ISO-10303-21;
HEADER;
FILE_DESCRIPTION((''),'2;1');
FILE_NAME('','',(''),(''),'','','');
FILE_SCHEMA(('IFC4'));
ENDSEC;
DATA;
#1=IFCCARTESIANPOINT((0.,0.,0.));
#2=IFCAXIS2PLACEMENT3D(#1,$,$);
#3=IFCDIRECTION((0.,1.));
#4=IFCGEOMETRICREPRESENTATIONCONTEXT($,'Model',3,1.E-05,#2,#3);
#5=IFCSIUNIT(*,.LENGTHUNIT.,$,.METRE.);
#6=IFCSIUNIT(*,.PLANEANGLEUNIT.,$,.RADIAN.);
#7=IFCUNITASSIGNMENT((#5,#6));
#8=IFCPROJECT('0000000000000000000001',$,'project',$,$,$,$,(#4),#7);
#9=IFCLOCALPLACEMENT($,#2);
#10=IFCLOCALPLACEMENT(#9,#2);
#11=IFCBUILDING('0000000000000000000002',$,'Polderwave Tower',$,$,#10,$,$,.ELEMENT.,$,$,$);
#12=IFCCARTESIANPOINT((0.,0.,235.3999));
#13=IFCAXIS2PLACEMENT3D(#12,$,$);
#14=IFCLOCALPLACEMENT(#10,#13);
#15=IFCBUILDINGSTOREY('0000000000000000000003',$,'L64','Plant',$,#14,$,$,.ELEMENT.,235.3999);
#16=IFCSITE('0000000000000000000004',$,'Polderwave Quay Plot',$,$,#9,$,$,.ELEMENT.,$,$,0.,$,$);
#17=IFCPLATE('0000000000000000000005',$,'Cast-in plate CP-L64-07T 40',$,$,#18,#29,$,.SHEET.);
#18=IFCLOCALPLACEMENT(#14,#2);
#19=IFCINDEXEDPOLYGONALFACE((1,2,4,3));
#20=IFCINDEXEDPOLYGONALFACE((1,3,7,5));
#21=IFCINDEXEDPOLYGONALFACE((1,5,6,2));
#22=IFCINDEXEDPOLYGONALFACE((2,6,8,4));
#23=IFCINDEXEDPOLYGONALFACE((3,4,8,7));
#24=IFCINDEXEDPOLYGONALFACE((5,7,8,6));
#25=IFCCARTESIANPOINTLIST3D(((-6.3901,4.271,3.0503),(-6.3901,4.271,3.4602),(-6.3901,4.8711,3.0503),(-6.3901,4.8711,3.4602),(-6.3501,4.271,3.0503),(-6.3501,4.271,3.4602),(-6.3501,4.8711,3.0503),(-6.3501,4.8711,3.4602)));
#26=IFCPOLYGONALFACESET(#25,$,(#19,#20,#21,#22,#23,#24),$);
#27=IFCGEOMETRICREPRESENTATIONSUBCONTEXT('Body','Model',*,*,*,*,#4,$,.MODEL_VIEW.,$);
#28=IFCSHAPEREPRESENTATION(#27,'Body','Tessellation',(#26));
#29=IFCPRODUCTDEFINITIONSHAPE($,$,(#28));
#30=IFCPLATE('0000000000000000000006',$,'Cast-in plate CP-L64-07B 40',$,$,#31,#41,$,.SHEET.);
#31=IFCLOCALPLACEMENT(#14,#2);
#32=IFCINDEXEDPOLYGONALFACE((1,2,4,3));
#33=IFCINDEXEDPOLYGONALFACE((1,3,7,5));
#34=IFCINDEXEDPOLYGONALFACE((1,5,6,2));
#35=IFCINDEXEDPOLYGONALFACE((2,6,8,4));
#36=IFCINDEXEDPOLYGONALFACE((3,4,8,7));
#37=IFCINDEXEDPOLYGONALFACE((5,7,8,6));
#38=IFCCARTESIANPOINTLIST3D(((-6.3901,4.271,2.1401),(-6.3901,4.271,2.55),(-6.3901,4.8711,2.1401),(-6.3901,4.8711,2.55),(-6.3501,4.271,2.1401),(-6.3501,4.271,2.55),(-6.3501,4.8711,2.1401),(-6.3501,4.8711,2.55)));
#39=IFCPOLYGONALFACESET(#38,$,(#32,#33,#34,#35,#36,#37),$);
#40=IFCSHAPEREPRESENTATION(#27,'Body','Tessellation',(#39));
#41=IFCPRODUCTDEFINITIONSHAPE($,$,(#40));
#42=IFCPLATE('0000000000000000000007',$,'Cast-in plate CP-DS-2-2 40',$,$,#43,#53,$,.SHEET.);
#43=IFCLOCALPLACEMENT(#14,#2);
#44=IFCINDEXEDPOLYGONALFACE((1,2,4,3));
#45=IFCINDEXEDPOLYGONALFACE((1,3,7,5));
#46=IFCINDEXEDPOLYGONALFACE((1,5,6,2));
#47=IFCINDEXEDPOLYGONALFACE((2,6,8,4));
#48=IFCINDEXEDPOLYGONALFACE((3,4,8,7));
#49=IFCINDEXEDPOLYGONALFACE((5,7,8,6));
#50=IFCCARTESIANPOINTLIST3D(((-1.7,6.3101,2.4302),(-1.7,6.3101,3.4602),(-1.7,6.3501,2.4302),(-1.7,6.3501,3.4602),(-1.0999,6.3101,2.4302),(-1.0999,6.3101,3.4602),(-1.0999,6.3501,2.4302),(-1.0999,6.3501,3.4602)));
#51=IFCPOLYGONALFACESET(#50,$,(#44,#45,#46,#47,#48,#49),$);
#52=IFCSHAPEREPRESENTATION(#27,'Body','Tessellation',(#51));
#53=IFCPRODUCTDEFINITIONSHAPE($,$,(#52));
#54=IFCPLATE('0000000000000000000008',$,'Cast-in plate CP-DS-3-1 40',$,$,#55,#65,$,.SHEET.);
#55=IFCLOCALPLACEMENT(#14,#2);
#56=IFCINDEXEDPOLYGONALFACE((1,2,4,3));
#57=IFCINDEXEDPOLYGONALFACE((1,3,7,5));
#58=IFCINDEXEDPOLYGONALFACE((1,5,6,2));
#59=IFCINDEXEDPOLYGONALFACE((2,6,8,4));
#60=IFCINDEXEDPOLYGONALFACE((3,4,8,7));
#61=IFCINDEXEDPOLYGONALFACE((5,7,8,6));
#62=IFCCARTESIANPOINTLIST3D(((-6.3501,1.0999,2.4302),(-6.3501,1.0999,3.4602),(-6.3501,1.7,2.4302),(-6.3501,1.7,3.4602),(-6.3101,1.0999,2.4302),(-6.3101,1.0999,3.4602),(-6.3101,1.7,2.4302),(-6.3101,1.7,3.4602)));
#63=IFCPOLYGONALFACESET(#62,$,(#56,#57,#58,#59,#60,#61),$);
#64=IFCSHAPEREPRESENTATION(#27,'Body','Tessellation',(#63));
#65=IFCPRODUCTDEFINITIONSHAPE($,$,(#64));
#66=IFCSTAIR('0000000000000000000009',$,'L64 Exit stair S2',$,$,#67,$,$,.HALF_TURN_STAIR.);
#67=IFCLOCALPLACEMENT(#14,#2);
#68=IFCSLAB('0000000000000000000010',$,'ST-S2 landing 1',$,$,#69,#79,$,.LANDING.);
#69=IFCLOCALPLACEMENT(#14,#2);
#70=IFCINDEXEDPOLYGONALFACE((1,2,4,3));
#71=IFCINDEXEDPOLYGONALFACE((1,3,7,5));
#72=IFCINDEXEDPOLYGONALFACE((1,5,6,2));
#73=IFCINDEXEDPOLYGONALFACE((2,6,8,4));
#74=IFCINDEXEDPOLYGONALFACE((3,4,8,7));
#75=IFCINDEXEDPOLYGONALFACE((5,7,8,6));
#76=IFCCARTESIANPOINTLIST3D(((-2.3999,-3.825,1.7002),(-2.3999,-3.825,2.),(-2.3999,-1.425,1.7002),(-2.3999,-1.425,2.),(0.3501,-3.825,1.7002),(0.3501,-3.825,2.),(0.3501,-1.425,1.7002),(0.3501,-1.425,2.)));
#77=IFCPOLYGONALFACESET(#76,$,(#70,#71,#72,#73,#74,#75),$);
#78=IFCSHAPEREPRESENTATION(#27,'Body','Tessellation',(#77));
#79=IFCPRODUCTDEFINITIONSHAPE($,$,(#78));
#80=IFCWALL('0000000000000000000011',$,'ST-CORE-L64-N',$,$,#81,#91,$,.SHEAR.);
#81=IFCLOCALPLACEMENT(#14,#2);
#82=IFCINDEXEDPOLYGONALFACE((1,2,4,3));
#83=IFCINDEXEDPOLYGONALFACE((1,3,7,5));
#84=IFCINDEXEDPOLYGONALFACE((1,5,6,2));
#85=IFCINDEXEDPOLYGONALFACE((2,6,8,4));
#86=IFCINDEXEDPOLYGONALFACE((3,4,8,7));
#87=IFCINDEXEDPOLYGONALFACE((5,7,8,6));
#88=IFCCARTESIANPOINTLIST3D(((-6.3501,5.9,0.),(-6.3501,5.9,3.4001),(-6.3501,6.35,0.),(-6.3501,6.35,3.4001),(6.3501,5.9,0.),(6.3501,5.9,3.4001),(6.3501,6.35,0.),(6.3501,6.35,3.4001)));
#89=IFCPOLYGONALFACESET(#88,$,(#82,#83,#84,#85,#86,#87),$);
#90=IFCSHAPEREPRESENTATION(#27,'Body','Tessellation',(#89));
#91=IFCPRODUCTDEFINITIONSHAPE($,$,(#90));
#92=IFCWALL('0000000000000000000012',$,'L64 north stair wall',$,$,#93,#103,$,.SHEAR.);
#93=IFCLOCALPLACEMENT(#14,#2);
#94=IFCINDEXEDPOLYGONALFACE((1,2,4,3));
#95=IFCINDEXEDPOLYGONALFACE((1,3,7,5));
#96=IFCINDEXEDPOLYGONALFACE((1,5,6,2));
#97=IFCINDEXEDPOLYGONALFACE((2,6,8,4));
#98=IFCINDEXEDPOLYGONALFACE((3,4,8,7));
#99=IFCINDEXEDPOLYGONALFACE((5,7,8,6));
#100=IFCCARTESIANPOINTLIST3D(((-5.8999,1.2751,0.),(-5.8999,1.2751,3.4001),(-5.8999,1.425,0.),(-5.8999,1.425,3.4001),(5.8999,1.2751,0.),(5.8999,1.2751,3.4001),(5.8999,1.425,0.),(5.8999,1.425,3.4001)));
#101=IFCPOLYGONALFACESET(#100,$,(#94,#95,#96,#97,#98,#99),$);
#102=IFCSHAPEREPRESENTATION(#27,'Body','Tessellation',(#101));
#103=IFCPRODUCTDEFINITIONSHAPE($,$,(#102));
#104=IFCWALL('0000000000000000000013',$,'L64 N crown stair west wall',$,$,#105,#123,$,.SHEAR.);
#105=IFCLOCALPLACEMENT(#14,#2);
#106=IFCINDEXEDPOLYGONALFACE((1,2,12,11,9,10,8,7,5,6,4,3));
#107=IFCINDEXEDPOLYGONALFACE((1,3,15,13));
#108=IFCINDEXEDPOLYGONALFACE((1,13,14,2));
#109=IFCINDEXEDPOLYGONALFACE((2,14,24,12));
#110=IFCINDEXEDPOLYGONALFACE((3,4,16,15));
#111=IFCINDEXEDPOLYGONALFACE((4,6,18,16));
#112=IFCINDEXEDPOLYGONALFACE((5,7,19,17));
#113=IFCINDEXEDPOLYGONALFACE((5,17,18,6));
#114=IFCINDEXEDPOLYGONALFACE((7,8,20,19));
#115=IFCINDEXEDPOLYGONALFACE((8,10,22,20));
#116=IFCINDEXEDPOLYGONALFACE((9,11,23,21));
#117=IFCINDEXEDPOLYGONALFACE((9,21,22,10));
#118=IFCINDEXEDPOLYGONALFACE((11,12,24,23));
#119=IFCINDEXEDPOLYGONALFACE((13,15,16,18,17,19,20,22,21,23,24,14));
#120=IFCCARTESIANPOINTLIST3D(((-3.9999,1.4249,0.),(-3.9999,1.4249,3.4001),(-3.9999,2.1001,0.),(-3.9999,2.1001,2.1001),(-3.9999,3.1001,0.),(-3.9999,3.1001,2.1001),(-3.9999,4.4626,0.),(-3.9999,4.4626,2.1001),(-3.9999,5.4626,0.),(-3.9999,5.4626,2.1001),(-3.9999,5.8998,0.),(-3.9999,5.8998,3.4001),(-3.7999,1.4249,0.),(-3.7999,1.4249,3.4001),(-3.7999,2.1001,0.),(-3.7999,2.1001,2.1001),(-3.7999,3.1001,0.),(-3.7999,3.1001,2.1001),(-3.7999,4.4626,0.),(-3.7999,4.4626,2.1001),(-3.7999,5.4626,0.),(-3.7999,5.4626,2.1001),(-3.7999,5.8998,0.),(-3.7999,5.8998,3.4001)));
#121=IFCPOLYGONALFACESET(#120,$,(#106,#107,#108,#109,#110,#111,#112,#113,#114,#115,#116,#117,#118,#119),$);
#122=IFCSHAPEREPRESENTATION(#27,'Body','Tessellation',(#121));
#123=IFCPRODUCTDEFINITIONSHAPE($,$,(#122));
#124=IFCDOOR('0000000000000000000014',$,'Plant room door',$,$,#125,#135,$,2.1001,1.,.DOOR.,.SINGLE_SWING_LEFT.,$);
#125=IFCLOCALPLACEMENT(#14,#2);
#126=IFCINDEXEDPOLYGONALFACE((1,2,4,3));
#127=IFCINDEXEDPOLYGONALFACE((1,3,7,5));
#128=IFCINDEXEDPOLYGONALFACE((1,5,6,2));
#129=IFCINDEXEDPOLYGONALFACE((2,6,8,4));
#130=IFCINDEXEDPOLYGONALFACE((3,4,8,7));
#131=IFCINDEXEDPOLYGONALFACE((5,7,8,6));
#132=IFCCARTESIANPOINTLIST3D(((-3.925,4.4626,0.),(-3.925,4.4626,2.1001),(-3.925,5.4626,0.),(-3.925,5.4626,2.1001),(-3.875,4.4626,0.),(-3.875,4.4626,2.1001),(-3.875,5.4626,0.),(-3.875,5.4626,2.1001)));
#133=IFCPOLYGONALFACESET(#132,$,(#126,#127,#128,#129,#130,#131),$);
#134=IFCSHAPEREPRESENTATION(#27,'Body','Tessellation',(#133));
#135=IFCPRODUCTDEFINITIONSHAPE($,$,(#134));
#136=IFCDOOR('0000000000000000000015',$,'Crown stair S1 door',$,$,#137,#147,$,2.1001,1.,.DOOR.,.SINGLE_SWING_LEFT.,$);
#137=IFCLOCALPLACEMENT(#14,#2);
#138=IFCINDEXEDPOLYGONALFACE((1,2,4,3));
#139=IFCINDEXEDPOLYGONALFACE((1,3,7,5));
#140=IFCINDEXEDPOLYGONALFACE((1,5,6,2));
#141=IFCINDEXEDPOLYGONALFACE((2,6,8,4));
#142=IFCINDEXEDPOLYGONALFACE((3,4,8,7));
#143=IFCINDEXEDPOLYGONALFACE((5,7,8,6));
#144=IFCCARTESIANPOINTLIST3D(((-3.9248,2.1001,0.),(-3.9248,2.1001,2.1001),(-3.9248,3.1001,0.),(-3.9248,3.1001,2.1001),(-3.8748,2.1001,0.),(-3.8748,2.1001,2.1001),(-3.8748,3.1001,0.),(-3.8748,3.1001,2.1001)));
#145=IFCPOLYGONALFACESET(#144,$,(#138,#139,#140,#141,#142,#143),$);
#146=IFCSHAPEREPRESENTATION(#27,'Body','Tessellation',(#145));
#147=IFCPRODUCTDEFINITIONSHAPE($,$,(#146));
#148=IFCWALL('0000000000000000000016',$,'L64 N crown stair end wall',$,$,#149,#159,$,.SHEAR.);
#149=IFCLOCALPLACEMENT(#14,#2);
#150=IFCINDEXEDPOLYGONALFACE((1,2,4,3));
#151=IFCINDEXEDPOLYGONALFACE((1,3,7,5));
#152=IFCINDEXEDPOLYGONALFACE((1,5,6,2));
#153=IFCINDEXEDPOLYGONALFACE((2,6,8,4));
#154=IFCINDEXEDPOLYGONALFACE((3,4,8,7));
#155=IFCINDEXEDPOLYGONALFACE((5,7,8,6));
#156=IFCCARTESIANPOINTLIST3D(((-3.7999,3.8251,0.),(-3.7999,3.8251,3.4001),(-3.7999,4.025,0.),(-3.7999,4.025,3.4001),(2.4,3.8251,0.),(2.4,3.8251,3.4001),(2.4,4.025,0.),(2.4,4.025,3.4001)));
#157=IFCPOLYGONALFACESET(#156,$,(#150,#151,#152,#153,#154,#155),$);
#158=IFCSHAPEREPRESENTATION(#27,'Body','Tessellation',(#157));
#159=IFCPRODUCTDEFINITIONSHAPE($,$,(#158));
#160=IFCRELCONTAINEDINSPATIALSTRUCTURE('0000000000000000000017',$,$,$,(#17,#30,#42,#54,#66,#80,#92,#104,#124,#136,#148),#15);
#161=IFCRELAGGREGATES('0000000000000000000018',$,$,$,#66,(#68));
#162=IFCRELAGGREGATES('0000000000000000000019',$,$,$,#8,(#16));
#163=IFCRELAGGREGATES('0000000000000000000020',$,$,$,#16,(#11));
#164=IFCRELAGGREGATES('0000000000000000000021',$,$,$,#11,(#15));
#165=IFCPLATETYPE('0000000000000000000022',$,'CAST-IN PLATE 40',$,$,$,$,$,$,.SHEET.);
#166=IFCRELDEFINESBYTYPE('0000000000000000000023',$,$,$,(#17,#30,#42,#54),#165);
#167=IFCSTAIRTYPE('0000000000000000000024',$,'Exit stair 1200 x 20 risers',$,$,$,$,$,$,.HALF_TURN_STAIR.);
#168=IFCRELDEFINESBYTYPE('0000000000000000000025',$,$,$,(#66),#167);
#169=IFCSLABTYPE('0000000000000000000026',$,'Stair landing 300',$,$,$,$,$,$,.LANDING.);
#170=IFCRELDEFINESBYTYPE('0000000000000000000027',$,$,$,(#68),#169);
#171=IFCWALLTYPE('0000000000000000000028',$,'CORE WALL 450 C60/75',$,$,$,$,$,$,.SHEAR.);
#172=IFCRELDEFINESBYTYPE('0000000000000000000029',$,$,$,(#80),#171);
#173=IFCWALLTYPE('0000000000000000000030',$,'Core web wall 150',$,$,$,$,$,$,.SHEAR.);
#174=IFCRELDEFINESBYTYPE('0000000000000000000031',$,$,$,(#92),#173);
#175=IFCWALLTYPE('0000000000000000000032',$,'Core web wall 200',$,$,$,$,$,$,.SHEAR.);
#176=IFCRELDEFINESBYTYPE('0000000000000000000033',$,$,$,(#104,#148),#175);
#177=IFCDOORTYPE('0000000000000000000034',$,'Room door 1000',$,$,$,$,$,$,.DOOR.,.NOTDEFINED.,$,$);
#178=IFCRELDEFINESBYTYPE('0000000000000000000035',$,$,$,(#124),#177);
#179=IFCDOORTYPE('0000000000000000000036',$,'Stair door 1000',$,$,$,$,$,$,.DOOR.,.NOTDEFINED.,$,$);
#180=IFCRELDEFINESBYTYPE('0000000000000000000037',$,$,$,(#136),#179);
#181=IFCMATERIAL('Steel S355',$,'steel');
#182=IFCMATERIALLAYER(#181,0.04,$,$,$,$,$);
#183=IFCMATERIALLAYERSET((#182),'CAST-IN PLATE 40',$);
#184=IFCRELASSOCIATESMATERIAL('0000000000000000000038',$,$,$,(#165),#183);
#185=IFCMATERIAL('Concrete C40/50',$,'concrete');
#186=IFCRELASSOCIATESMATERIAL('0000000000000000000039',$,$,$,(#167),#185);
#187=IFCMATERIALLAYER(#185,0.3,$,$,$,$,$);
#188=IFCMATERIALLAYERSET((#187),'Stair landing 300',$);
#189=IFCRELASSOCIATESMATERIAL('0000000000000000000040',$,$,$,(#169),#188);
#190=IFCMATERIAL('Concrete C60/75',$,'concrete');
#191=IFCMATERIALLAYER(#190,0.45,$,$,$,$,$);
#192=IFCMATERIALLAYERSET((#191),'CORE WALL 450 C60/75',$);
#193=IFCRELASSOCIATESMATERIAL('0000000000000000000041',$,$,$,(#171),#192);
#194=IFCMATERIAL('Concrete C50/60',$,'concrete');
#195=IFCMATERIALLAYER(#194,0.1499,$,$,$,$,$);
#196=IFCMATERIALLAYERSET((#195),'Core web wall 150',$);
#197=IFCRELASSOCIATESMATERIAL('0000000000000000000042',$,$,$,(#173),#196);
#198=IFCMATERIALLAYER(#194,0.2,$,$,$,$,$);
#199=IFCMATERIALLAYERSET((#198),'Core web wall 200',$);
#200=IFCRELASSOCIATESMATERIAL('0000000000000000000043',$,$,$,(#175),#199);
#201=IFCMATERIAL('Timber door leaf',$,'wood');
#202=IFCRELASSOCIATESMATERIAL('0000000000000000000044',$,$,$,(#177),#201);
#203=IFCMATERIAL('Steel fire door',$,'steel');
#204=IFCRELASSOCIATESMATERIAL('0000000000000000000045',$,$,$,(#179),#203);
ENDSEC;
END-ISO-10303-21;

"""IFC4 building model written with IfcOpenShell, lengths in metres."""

from ifc_helpers import new_model, si_unit, direction, frame, frame_2d, origin, origin_2d, place, context, subcontext, project, spatial, polyline, rectangle, outline, extrude, material, layer, layer_set, type_object, element, fill, aggregate, save


model = new_model("IFC4")

# Units and contexts
model_context = context("Model", 3, precision=1e-05, world=origin(), true_north=direction((0.0, 1.0)))
body_context = subcontext(model_context, "Body", "Model", "MODEL_VIEW")
ifc_project = project(units=[si_unit("LENGTHUNIT", "METRE"), si_unit("PLANEANGLEUNIT", "RADIAN")], contexts=[model_context])

# Site, building, storey
site_placement = place(None, origin())
site = spatial("IfcSite", under=ifc_project, at=site_placement, Name="Polderwave Quay Plot", CompositionType="ELEMENT", RefElevation=0.0)
building_placement = place(site_placement, origin())
building = spatial("IfcBuilding", under=site, at=building_placement, Name="Polderwave Tower", CompositionType="ELEMENT")
storey_placement = place(building_placement, frame((0.0, 0.0, 235.3999)))
storey = spatial("IfcBuildingStorey", under=building, at=storey_placement, Name="L64", Description="Plant", CompositionType="ELEMENT", Elevation=235.3999)

# Plates
ifc_material_1 = material(Name="Steel S355", Category="steel")
ifc_layer_1 = layer(ifc_material_1, 0.04)
ifc_layer_set_1 = layer_set([ifc_layer_1], Name="CAST-IN PLATE 40")
plate_type = type_object("IfcPlateType", Name="CAST-IN PLATE 40", PredefinedType="SHEET", material=ifc_layer_set_1)
for number, where, z_axis, x_axis, name in (
    (1, (-6.3701, 4.571, 3.0503), (0.0, 0.0, 1.0), (1.0, 0.0, 0.0), "Cast-in plate CP-L64-07T 40"),
    (2, (-6.3701, 4.571, 2.1401), (0.0, 0.0, 1.0), (1.0, 0.0, 0.0), "Cast-in plate CP-L64-07B 40"),
):
    element("IfcPlate", number, at=place(storey_placement, frame(where, z_axis=z_axis, x_axis=x_axis)), inside=storey, type_object=plate_type, Name=name, PredefinedType="SHEET", context=body_context, shape_type="SweptSolid", body=[
        extrude(rectangle(XDim=0.04, YDim=0.6001, at=origin_2d()), origin(), (0.0, 0.0, 1.0), 0.4099),
    ])
for number, where, z_axis, x_axis, name in (
    (3, (-1.3999, 6.3301, 2.4302), (0.0, 0.0, 1.0), (0.0, 1.0, 0.0), "Cast-in plate CP-DS-2-2 40"),
    (4, (-6.3301, 1.3999, 2.4302), (0.0, 0.0, 1.0), (-1.0, 0.0, 0.0), "Cast-in plate CP-DS-3-1 40"),
):
    element("IfcPlate", number, at=place(storey_placement, frame(where, z_axis=z_axis, x_axis=x_axis)), inside=storey, type_object=plate_type, Name=name, PredefinedType="SHEET", context=body_context, shape_type="SweptSolid", body=[
        extrude(rectangle(XDim=0.04, YDim=0.6001, at=origin_2d()), origin(), (0.0, 0.0, 1.0), 1.03),
    ])

# Stair, slab
ifc_material_2 = material(Name="Concrete C40/50", Category="concrete")
stair_type = type_object("IfcStairType", Name="Exit stair 1200 x 20 risers", PredefinedType="HALF_TURN_STAIR", material=ifc_material_2)
stair_1_placement = place(storey_placement, origin())
stair_1 = element("IfcStair", 5, at=stair_1_placement, inside=storey, type_object=stair_type, Name="L64 Exit stair S2", PredefinedType="HALF_TURN_STAIR")
ifc_layer_2 = layer(ifc_material_2, 0.3)
ifc_layer_set_2 = layer_set([ifc_layer_2], Name="Stair landing 300")
slab_type = type_object("IfcSlabType", Name="Stair landing 300", PredefinedType="LANDING", material=ifc_layer_set_2)
slab_placement = place(storey_placement, frame((0.0, 0.0, 1.7002)))
slab = element("IfcSlab", 6, at=slab_placement, type_object=slab_type, Name="ST-S2 landing 1", PredefinedType="LANDING", context=body_context, shape_type="SweptSolid", body=[
    extrude(outline(polyline([(0.3501, -1.425), (-2.3999, -1.425), (-2.3999, -3.825), (0.3501, -3.825), (0.3501, -1.425)])), origin(), (0.0, 0.0, 1.0), 0.2998),
])
aggregate(stair_1, [slab])

# Walls
ifc_material_3 = material(Name="Concrete C60/75", Category="concrete")
ifc_layer_3 = layer(ifc_material_3, 0.45)
ifc_layer_set_3 = layer_set([ifc_layer_3], Name="CORE WALL 450 C60/75")
wall_type_1 = type_object("IfcWallType", Name="CORE WALL 450 C60/75", PredefinedType="SHEAR", material=ifc_layer_set_3)
wall_1_placement = place(storey_placement, frame((-6.3501, 6.125, 0.0), z_axis=(0.0, 0.0, 1.0), x_axis=(1.0, 0.0, 0.0)))
element("IfcWall", 7, at=wall_1_placement, inside=storey, type_object=wall_type_1, Name="ST-CORE-L64-N", PredefinedType="SHEAR", context=body_context, shape_type="SweptSolid", body=[
    extrude(rectangle(XDim=12.7002, YDim=0.45, at=frame_2d((6.3501, 0.0))), origin(), (0.0, 0.0, 1.0), 3.4001),
])
ifc_material_4 = material(Name="Concrete C50/60", Category="concrete")
ifc_layer_4 = layer(ifc_material_4, 0.1499)
ifc_layer_set_4 = layer_set([ifc_layer_4], Name="Core web wall 150")
wall_type_2 = type_object("IfcWallType", Name="Core web wall 150", PredefinedType="SHEAR", material=ifc_layer_set_4)
wall_2_placement = place(storey_placement, frame((-5.8999, 1.3501, 0.0), z_axis=(0.0, 0.0, 1.0), x_axis=(1.0, 0.0, 0.0)))
element("IfcWall", 8, at=wall_2_placement, inside=storey, type_object=wall_type_2, Name="L64 north stair wall", PredefinedType="SHEAR", context=body_context, shape_type="SweptSolid", body=[
    extrude(rectangle(XDim=11.7998, YDim=0.1499, at=frame_2d((5.8999, 0.0))), origin(), (0.0, 0.0, 1.0), 3.4001),
])

# Wall, openings, doors
ifc_layer_5 = layer(ifc_material_4, 0.2)
ifc_layer_set_5 = layer_set([ifc_layer_5], Name="Core web wall 200")
wall_type_3 = type_object("IfcWallType", Name="Core web wall 200", PredefinedType="SHEAR", material=ifc_layer_set_5)
wall_3_placement = place(storey_placement, frame((-3.8999, 1.425, 0.0), z_axis=(0.0, 0.0, 1.0), x_axis=(0.0, 1.0, 0.0)))
wall_3 = element("IfcWall", 9, at=wall_3_placement, inside=storey, type_object=wall_type_3, Name="L64 N crown stair west wall", PredefinedType="SHEAR", context=body_context, shape_type="SweptSolid", body=[
    extrude(rectangle(XDim=4.4749, YDim=0.2, at=frame_2d((2.2373, 0.0))), origin(), (0.0, 0.0, 1.0), 3.4001),
])
opening_1_placement = place(wall_3_placement, frame((0.675, 0.0, 0.0)))
opening_1 = element("IfcOpeningElement", 10, at=opening_1_placement, cuts=wall_3, PredefinedType="OPENING", context=body_context, shape_type="SweptSolid", body=[
    extrude(rectangle(XDim=1.0, YDim=2.1001, at=frame_2d((0.5, 1.05))), frame((0.0, 0.1099, 0.0), z_axis=(0.0, -1.0, 0.0), x_axis=(1.0, 0.0, 0.0)), (0.0, 0.0, 1.0), 0.22),
])
opening_2_placement = place(wall_3_placement, frame((3.0376, 0.0, 0.0)))
opening_2 = element("IfcOpeningElement", 11, at=opening_2_placement, cuts=wall_3, PredefinedType="OPENING", context=body_context, shape_type="SweptSolid", body=[
    extrude(rectangle(XDim=1.0, YDim=2.1001, at=frame_2d((0.5, 1.05))), frame((0.0, 0.1099, 0.0), z_axis=(0.0, -1.0, 0.0), x_axis=(1.0, 0.0, 0.0)), (0.0, 0.0, 1.0), 0.22),
])
ifc_material_5 = material(Name="Timber door leaf", Category="wood")
door_type_1 = type_object("IfcDoorType", Name="Room door 1000", OperationType="NOTDEFINED", PredefinedType="DOOR", material=ifc_material_5)
door_1_placement = place(opening_2_placement, frame((1.0, 0.0, 0.0), z_axis=(0.0, 0.0, 1.0), x_axis=(-1.0, 0.0, 0.0)))
door_1 = element("IfcDoor", 12, at=door_1_placement, inside=storey, type_object=door_type_1, Name="Plant room door", OperationType="SINGLE_SWING_LEFT", OverallHeight=2.1001, OverallWidth=1.0, PredefinedType="DOOR", context=body_context, shape_type="SweptSolid", body=[
    extrude(rectangle(XDim=1.0, YDim=2.1001, at=frame_2d((0.5, 1.05))), frame((0.0, 0.0249, 0.0), z_axis=(0.0, -1.0, 0.0), x_axis=(1.0, 0.0, 0.0)), (0.0, 0.0, 1.0), 0.05),
])
fill(opening_2, door_1)
ifc_material_6 = material(Name="Steel fire door", Category="steel")
door_type_2 = type_object("IfcDoorType", Name="Stair door 1000", OperationType="NOTDEFINED", PredefinedType="DOOR", material=ifc_material_6)
door_2_placement = place(opening_1_placement, origin())
door_2 = element("IfcDoor", 13, at=door_2_placement, inside=storey, type_object=door_type_2, Name="Crown stair S1 door", OperationType="SINGLE_SWING_LEFT", OverallHeight=2.1001, OverallWidth=1.0, PredefinedType="DOOR", context=body_context, shape_type="SweptSolid", body=[
    extrude(rectangle(XDim=1.0, YDim=2.1001, at=frame_2d((0.5, 1.05))), frame((0.0, 0.0249, 0.0), z_axis=(0.0, -1.0, 0.0), x_axis=(1.0, 0.0, 0.0)), (0.0, 0.0, 1.0), 0.05),
])
fill(opening_1, door_2)

# Wall
wall_4_placement = place(storey_placement, frame((-3.8, 3.925, 0.0), z_axis=(0.0, 0.0, 1.0), x_axis=(1.0, 0.0, 0.0)))
element("IfcWall", 14, at=wall_4_placement, inside=storey, type_object=wall_type_3, Name="L64 N crown stair end wall", PredefinedType="SHEAR", context=body_context, shape_type="SweptSolid", body=[
    extrude(rectangle(XDim=6.2, YDim=0.2, at=frame_2d((3.1001, 0.0))), origin(), (0.0, 0.0, 1.0), 3.4001),
])

save(model, "model.ifc")
